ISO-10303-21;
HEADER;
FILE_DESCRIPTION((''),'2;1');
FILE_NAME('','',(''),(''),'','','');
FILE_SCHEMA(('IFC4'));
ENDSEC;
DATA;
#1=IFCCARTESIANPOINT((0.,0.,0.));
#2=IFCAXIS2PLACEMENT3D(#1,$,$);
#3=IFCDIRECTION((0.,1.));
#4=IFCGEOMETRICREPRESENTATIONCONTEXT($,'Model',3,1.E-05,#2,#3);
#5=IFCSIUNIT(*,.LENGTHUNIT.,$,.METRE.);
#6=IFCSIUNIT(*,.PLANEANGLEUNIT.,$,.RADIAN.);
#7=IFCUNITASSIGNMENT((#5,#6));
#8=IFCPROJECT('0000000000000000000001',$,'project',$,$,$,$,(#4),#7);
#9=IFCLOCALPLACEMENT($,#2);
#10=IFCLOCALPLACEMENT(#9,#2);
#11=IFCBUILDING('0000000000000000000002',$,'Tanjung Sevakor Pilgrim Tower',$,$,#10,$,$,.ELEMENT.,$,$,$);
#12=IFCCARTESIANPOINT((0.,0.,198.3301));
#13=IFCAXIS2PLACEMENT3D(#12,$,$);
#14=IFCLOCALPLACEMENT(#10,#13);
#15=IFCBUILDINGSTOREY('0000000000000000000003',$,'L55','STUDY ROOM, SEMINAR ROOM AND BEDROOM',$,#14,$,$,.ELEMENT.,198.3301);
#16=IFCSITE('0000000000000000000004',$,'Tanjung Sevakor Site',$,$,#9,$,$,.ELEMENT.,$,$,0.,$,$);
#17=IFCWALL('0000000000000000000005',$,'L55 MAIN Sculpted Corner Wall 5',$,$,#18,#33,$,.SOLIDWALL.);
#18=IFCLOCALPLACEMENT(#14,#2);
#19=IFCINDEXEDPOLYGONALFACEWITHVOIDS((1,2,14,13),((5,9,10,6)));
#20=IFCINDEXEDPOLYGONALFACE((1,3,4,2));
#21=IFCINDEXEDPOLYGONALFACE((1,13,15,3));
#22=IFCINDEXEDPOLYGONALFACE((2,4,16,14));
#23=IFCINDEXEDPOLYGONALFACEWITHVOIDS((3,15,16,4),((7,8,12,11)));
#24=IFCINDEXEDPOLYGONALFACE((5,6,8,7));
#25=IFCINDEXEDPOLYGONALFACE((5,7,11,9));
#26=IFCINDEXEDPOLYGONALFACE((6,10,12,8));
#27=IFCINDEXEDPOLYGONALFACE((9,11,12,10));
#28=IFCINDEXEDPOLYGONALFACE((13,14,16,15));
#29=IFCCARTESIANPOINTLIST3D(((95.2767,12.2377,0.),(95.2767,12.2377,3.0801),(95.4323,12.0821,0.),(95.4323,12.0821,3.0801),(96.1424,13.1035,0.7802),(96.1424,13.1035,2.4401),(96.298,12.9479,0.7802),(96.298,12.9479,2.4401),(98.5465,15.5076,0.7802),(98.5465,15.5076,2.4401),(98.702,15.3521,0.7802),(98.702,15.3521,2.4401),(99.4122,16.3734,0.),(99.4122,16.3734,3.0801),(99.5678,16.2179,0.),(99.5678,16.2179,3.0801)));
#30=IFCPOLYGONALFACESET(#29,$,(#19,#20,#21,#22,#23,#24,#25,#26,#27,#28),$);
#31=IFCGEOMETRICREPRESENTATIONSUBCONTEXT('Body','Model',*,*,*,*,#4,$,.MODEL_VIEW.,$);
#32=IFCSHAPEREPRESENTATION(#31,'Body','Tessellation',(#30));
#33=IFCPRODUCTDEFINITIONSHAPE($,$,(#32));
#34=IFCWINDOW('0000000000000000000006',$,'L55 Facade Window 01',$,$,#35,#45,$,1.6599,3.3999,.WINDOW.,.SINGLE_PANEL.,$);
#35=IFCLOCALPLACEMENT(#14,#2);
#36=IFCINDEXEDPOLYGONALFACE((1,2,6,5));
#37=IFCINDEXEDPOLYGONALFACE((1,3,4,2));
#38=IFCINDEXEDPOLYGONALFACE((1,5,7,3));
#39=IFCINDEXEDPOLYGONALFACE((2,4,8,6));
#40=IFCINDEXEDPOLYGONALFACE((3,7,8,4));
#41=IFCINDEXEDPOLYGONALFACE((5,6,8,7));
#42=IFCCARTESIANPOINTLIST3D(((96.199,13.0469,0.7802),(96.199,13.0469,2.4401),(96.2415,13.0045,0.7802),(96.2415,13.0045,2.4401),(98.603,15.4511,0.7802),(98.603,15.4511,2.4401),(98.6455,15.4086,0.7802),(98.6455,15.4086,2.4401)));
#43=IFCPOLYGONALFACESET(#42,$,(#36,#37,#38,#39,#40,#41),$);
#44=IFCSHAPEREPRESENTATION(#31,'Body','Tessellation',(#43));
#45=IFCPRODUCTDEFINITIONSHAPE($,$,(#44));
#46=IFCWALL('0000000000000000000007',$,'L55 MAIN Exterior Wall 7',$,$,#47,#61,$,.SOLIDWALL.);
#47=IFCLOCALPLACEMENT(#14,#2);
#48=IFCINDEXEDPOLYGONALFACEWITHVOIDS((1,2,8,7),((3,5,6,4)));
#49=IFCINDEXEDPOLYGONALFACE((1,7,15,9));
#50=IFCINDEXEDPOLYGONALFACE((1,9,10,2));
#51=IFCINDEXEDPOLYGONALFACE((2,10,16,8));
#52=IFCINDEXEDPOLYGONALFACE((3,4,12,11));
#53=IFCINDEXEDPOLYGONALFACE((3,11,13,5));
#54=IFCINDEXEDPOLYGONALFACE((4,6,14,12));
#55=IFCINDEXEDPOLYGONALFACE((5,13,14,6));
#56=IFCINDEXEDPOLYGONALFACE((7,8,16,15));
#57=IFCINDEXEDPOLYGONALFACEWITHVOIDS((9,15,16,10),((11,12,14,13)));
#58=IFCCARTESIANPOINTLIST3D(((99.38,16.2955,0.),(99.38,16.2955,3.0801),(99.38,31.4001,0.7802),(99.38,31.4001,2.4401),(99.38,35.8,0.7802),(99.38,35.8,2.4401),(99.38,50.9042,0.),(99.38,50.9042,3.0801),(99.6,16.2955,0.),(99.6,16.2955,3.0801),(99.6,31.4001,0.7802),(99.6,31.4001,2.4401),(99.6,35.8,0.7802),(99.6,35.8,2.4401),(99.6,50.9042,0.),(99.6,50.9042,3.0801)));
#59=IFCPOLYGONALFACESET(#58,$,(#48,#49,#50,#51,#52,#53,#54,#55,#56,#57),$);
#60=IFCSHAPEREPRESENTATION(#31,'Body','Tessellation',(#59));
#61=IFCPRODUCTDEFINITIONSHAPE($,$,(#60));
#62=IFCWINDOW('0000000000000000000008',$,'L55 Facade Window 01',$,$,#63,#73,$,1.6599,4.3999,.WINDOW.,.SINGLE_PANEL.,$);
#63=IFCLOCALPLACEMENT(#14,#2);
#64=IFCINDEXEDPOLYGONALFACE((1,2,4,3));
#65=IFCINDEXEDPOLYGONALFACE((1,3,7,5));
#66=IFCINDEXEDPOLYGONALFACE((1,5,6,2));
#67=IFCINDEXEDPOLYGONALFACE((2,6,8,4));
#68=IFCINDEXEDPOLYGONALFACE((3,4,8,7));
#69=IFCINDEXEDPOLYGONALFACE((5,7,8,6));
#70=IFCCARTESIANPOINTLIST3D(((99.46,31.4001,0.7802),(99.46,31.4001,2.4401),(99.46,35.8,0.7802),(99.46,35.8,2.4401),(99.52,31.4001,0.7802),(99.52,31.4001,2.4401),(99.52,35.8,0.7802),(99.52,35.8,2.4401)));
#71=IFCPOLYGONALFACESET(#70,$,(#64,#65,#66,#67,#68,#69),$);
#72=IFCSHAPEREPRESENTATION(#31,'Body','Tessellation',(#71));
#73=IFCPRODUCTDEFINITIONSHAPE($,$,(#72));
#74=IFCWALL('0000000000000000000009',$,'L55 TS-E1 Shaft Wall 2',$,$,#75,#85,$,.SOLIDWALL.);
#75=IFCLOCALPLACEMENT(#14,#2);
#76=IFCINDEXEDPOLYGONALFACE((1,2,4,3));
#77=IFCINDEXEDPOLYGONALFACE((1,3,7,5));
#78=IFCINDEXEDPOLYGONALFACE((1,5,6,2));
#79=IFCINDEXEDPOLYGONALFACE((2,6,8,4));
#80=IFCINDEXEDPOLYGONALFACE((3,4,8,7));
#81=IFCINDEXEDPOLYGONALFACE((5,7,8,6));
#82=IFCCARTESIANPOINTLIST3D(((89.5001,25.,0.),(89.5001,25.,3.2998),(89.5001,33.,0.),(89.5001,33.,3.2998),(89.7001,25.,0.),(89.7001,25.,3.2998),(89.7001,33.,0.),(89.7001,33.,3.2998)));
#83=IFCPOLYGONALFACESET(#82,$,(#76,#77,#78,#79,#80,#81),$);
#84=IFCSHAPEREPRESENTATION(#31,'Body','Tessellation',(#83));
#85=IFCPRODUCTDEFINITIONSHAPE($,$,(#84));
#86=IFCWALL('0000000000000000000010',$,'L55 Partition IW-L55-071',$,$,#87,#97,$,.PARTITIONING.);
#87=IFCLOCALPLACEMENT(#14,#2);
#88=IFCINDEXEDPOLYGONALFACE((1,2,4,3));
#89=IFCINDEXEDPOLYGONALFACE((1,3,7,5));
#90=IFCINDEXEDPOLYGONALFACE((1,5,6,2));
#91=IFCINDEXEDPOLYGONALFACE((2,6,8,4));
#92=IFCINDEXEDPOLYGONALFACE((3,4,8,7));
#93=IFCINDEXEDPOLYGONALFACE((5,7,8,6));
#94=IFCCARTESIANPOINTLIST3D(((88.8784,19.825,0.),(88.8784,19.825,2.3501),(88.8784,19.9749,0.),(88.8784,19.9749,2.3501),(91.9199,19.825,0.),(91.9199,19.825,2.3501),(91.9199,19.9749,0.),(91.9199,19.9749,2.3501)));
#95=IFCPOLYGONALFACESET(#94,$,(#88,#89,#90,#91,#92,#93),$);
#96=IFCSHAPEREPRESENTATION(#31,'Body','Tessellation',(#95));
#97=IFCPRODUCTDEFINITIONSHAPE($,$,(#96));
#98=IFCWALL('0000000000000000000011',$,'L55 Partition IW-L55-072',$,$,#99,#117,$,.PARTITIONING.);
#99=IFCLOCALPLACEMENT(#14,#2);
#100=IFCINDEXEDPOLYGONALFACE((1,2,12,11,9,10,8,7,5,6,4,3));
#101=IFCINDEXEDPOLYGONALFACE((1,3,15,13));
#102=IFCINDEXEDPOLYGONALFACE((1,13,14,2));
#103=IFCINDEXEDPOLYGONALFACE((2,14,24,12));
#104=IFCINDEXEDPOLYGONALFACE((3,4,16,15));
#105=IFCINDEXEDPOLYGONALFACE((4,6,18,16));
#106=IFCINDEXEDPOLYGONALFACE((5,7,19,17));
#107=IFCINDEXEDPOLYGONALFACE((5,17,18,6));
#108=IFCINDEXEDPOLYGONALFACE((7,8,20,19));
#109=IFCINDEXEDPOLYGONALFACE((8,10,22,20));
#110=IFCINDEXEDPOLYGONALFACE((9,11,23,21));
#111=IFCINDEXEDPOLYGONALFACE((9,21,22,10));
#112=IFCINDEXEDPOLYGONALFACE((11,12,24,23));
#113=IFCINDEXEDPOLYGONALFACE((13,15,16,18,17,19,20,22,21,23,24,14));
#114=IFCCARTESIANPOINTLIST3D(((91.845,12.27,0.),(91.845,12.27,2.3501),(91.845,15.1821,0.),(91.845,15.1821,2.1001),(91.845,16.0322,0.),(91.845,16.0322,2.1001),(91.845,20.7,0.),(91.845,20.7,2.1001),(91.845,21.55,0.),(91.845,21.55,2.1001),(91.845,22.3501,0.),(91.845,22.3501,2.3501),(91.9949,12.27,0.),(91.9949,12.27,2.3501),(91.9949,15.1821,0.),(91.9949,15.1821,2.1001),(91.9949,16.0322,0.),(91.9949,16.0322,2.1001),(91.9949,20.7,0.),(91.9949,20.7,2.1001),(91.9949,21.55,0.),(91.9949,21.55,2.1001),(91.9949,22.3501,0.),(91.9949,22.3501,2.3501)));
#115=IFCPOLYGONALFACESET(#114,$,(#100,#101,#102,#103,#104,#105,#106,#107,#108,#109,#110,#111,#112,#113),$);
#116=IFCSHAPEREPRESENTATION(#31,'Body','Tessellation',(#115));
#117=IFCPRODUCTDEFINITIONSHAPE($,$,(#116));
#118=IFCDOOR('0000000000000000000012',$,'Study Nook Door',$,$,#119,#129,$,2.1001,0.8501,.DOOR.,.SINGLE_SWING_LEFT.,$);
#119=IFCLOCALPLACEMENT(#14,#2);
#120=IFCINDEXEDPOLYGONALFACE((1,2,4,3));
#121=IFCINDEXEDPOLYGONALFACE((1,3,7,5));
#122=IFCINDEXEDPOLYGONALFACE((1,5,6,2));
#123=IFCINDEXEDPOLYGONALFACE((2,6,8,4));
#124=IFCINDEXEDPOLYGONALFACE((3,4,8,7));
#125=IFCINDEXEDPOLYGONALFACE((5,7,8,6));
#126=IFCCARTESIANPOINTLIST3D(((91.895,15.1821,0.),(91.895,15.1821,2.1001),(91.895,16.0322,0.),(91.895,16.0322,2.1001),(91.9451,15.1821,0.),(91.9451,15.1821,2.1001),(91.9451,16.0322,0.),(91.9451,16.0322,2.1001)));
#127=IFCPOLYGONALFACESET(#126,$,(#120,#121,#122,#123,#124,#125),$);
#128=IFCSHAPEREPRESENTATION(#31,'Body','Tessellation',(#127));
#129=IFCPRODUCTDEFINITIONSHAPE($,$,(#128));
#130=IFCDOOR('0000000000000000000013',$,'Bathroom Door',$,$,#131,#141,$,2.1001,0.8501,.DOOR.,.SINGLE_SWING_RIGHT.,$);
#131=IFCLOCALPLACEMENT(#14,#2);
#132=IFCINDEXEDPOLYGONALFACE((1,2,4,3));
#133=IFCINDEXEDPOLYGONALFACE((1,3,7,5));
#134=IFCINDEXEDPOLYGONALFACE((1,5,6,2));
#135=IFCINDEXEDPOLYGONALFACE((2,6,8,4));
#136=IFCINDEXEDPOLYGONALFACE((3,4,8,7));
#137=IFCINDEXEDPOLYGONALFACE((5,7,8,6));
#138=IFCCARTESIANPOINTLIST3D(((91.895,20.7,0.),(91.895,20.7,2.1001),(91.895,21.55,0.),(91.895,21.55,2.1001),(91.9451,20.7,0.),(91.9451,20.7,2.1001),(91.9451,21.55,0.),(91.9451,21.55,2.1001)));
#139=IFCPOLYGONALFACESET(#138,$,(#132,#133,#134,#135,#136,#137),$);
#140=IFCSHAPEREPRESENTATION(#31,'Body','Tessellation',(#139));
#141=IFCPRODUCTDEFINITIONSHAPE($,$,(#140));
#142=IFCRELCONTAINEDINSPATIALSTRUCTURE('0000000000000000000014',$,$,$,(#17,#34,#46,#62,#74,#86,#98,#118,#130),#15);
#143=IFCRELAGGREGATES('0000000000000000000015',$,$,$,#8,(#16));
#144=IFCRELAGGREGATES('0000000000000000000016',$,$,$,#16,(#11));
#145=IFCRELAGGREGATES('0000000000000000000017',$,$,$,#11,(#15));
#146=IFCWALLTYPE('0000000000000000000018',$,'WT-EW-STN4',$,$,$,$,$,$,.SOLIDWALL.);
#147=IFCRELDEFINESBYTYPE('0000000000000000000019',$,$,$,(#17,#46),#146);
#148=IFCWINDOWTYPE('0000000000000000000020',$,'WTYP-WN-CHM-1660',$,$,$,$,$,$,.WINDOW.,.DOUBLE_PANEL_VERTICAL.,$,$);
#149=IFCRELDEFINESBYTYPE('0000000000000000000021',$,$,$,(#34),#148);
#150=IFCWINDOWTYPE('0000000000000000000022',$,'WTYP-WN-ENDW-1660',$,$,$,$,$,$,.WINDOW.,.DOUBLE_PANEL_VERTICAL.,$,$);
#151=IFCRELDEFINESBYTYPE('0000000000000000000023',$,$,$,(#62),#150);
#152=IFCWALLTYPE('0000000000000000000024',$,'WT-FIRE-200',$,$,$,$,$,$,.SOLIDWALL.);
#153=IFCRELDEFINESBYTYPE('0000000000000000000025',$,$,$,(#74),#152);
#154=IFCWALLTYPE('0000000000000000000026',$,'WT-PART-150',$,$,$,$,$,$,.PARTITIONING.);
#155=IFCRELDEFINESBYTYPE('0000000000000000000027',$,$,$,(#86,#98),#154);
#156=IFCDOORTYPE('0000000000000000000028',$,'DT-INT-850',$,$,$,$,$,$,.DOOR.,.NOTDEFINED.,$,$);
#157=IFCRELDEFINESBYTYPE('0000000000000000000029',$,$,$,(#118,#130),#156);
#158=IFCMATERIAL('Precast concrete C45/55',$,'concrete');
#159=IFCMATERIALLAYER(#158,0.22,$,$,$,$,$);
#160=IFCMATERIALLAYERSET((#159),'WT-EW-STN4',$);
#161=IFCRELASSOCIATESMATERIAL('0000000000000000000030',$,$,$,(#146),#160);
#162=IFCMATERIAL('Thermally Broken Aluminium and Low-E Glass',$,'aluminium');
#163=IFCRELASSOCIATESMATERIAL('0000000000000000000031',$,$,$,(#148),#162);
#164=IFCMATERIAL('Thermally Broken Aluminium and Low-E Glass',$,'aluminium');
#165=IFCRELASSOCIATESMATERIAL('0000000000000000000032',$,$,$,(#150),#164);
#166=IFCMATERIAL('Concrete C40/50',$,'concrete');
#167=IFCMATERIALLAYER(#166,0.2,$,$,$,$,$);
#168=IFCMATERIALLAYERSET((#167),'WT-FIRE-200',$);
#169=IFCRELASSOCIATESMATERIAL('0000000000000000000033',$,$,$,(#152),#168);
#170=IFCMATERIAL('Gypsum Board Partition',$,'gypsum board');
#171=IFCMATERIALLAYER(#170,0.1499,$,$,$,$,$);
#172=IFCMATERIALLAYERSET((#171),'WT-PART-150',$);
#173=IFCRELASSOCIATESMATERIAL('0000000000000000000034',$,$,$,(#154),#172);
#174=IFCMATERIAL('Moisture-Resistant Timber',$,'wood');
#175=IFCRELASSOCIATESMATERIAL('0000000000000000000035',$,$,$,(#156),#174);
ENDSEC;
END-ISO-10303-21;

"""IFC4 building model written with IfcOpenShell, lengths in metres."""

from ifc_helpers import new_model, si_unit, direction, frame, frame_2d, origin, place, context, subcontext, project, spatial, rectangle, extrude, material, layer, layer_set, type_object, element, fill, save


model = new_model("IFC4")

# Units and contexts
model_context = context("Model", 3, precision=1e-05, world=origin(), true_north=direction((0.0, 1.0)))
body_context = subcontext(model_context, "Body", "Model", "MODEL_VIEW")
ifc_project = project(units=[si_unit("LENGTHUNIT", "METRE"), si_unit("PLANEANGLEUNIT", "RADIAN")], contexts=[model_context])

# Site, building, storey
site_placement = place(None, origin())
site = spatial("IfcSite", under=ifc_project, at=site_placement, Name="Tanjung Sevakor Site", CompositionType="ELEMENT", RefElevation=0.0)
building_placement = place(site_placement, origin())
building = spatial("IfcBuilding", under=site, at=building_placement, Name="Tanjung Sevakor Pilgrim Tower", CompositionType="ELEMENT")
storey_placement = place(building_placement, frame((0.0, 0.0, 198.3301)))
storey = spatial("IfcBuildingStorey", under=building, at=storey_placement, Name="L55", Description="STUDY ROOM, SEMINAR ROOM AND BEDROOM", CompositionType="ELEMENT", Elevation=198.3301)

# Walls, openings, windows
ifc_material_1 = material(Name="Precast concrete C45/55", Category="concrete")
ifc_layer_1 = layer(ifc_material_1, 0.22)
ifc_layer_set_1 = layer_set([ifc_layer_1], Name="WT-EW-STN4")
wall_type_1 = type_object("IfcWallType", Name="WT-EW-STN4", PredefinedType="SOLIDWALL", material=ifc_layer_set_1)
wall_1_placement = place(storey_placement, frame((95.3545, 12.1599, 0.0), z_axis=(0.0, 0.0, 1.0), x_axis=(0.707086, 0.707128, 0.0)))
wall_1 = element("IfcWall", 1, at=wall_1_placement, inside=storey, type_object=wall_type_1, Name="L55 MAIN Sculpted Corner Wall 5", PredefinedType="SOLIDWALL", context=body_context, shape_type="SweptSolid", body=[
    extrude(rectangle(XDim=5.8486, YDim=0.22, at=frame_2d((2.9243, 0.0))), origin(), (0.0, 0.0, 1.0), 3.0801),
])
opening_1_placement = place(wall_1_placement, frame((1.2244, 0.0, 0.78)))
opening_1 = element("IfcOpeningElement", 2, at=opening_1_placement, cuts=wall_1, PredefinedType="OPENING", context=body_context, shape_type="SweptSolid", body=[
    extrude(rectangle(XDim=3.3999, YDim=1.6599, at=frame_2d((1.7, 0.8301))), frame((0.0, 0.1199, 0.0), z_axis=(0.0, -1.0, 0.0), x_axis=(1.0, 0.0, 0.0)), (0.0, 0.0, 1.0), 0.24),
])
ifc_material_2 = material(Name="Thermally Broken Aluminium and Low-E Glass", Category="aluminium")
window_type_1 = type_object("IfcWindowType", Name="WTYP-WN-CHM-1660", PartitioningType="DOUBLE_PANEL_VERTICAL", PredefinedType="WINDOW", material=ifc_material_2)
window_1_placement = place(opening_1_placement, origin())
window_1 = element("IfcWindow", 3, at=window_1_placement, inside=storey, type_object=window_type_1, Name="L55 Facade Window 01", OverallHeight=1.6599, OverallWidth=3.3999, PartitioningType="SINGLE_PANEL", PredefinedType="WINDOW", context=body_context, shape_type="SweptSolid", body=[
    extrude(rectangle(XDim=3.3999, YDim=1.6599, at=frame_2d((1.7, 0.8301))), frame((0.0, 0.03, 0.0), z_axis=(0.0, -1.0, 0.0), x_axis=(1.0, 0.0, 0.0)), (0.0, 0.0, 1.0), 0.0601),
])
fill(opening_1, window_1)
wall_2_placement = place(storey_placement, frame((99.49, 16.2957, 0.0), z_axis=(0.0, 0.0, 1.0), x_axis=(0.0, 1.0, 0.0)))
wall_2 = element("IfcWall", 4, at=wall_2_placement, inside=storey, type_object=wall_type_1, Name="L55 MAIN Exterior Wall 7", PredefinedType="SOLIDWALL", context=body_context, shape_type="SweptSolid", body=[
    extrude(rectangle(XDim=34.6086, YDim=0.22, at=frame_2d((17.3042, 0.0))), origin(), (0.0, 0.0, 1.0), 3.0801),
])
opening_2_placement = place(wall_2_placement, frame((15.1045, 0.0, 0.78)))
opening_2 = element("IfcOpeningElement", 5, at=opening_2_placement, cuts=wall_2, PredefinedType="OPENING", context=body_context, shape_type="SweptSolid", body=[
    extrude(rectangle(XDim=4.3999, YDim=1.6599, at=frame_2d((2.2, 0.8301))), frame((0.0, 0.1199, 0.0), z_axis=(0.0, -1.0, 0.0), x_axis=(1.0, 0.0, 0.0)), (0.0, 0.0, 1.0), 0.24),
])
ifc_material_3 = material(Name="Thermally Broken Aluminium and Low-E Glass", Category="aluminium")
window_type_2 = type_object("IfcWindowType", Name="WTYP-WN-ENDW-1660", PartitioningType="DOUBLE_PANEL_VERTICAL", PredefinedType="WINDOW", material=ifc_material_3)
window_2_placement = place(opening_2_placement, origin())
window_2 = element("IfcWindow", 6, at=window_2_placement, inside=storey, type_object=window_type_2, Name="L55 Facade Window 01", OverallHeight=1.6599, OverallWidth=4.3999, PartitioningType="SINGLE_PANEL", PredefinedType="WINDOW", context=body_context, shape_type="SweptSolid", body=[
    extrude(rectangle(XDim=4.3999, YDim=1.6599, at=frame_2d((2.2, 0.8301))), frame((0.0, 0.03, 0.0), z_axis=(0.0, -1.0, 0.0), x_axis=(1.0, 0.0, 0.0)), (0.0, 0.0, 1.0), 0.0601),
])
fill(opening_2, window_2)

# Walls
ifc_material_4 = material(Name="Concrete C40/50", Category="concrete")
ifc_layer_2 = layer(ifc_material_4, 0.2)
ifc_layer_set_2 = layer_set([ifc_layer_2], Name="WT-FIRE-200")
wall_type_2 = type_object("IfcWallType", Name="WT-FIRE-200", PredefinedType="SOLIDWALL", material=ifc_layer_set_2)
wall_3_placement = place(storey_placement, frame((89.6001, 25.0, 0.0), z_axis=(0.0, 0.0, 1.0), x_axis=(0.0, 1.0, 0.0)))
element("IfcWall", 7, at=wall_3_placement, inside=storey, type_object=wall_type_2, Name="L55 TS-E1 Shaft Wall 2", PredefinedType="SOLIDWALL", context=body_context, shape_type="SweptSolid", body=[
    extrude(rectangle(XDim=8.0, YDim=0.2, at=frame_2d((4.0, 0.0))), origin(), (0.0, 0.0, 1.0), 3.2998),
])
ifc_material_5 = material(Name="Gypsum Board Partition", Category="gypsum board")
ifc_layer_3 = layer(ifc_material_5, 0.1499)
ifc_layer_set_3 = layer_set([ifc_layer_3], Name="WT-PART-150")
wall_type_3 = type_object("IfcWallType", Name="WT-PART-150", PredefinedType="PARTITIONING", material=ifc_layer_set_3)
wall_4_placement = place(storey_placement, frame((88.8784, 19.8999, 0.0), z_axis=(0.0, 0.0, 1.0), x_axis=(1.0, 0.0, 0.0)))
element("IfcWall", 8, at=wall_4_placement, inside=storey, type_object=wall_type_3, Name="L55 Partition IW-L55-071", PredefinedType="PARTITIONING", context=body_context, shape_type="SweptSolid", body=[
    extrude(rectangle(XDim=3.0415, YDim=0.1499, at=frame_2d((1.5208, 0.0))), origin(), (0.0, 0.0, 1.0), 2.3501),
])

# Wall, openings, doors
wall_5_placement = place(storey_placement, frame((91.9199, 12.27, 0.0), z_axis=(0.0, 0.0, 1.0), x_axis=(0.0, 1.0, 0.0)))
wall_5 = element("IfcWall", 9, at=wall_5_placement, inside=storey, type_object=wall_type_3, Name="L55 Partition IW-L55-072", PredefinedType="PARTITIONING", context=body_context, shape_type="SweptSolid", body=[
    extrude(rectangle(XDim=10.0801, YDim=0.1499, at=frame_2d((5.04, 0.0))), origin(), (0.0, 0.0, 1.0), 2.3501),
])
opening_3_placement = place(wall_5_placement, frame((2.9121, 0.0, 0.0)))
opening_3 = element("IfcOpeningElement", 10, at=opening_3_placement, cuts=wall_5, PredefinedType="OPENING", context=body_context, shape_type="SweptSolid", body=[
    extrude(rectangle(XDim=0.8501, YDim=2.1001, at=frame_2d((0.425, 1.05))), frame((0.0, 0.085, 0.0), z_axis=(0.0, -1.0, 0.0), x_axis=(1.0, 0.0, 0.0)), (0.0, 0.0, 1.0), 0.1699),
])
opening_4_placement = place(wall_5_placement, frame((8.4299, 0.0, 0.0)))
opening_4 = element("IfcOpeningElement", 11, at=opening_4_placement, cuts=wall_5, PredefinedType="OPENING", context=body_context, shape_type="SweptSolid", body=[
    extrude(rectangle(XDim=0.8501, YDim=2.1001, at=frame_2d((0.425, 1.05))), frame((0.0, 0.085, 0.0), z_axis=(0.0, -1.0, 0.0), x_axis=(1.0, 0.0, 0.0)), (0.0, 0.0, 1.0), 0.1699),
])
ifc_material_6 = material(Name="Moisture-Resistant Timber", Category="wood")
door_type_1 = type_object("IfcDoorType", Name="DT-INT-850", OperationType="NOTDEFINED", PredefinedType="DOOR", material=ifc_material_6)
door_1_placement = place(opening_3_placement, origin())
door_1 = element("IfcDoor", 12, at=door_1_placement, inside=storey, type_object=door_type_1, Name="Study Nook Door", OperationType="SINGLE_SWING_LEFT", OverallHeight=2.1001, OverallWidth=0.8501, PredefinedType="DOOR", context=body_context, shape_type="SweptSolid", body=[
    extrude(rectangle(XDim=0.8501, YDim=2.1001, at=frame_2d((0.425, 1.05))), frame((0.0, 0.0249, 0.0), z_axis=(0.0, -1.0, 0.0), x_axis=(1.0, 0.0, 0.0)), (0.0, 0.0, 1.0), 0.05),
])
fill(opening_3, door_1)
door_2_placement = place(opening_4_placement, origin())
door_2 = element("IfcDoor", 13, at=door_2_placement, inside=storey, type_object=door_type_1, Name="Bathroom Door", OperationType="SINGLE_SWING_RIGHT", OverallHeight=2.1001, OverallWidth=0.8501, PredefinedType="DOOR", context=body_context, shape_type="SweptSolid", body=[
    extrude(rectangle(XDim=0.8501, YDim=2.1001, at=frame_2d((0.425, 1.05))), frame((0.0, 0.0249, 0.0), z_axis=(0.0, -1.0, 0.0), x_axis=(1.0, 0.0, 0.0)), (0.0, 0.0, 1.0), 0.05),
])
fill(opening_4, door_2)

save(model, "model.ifc")
